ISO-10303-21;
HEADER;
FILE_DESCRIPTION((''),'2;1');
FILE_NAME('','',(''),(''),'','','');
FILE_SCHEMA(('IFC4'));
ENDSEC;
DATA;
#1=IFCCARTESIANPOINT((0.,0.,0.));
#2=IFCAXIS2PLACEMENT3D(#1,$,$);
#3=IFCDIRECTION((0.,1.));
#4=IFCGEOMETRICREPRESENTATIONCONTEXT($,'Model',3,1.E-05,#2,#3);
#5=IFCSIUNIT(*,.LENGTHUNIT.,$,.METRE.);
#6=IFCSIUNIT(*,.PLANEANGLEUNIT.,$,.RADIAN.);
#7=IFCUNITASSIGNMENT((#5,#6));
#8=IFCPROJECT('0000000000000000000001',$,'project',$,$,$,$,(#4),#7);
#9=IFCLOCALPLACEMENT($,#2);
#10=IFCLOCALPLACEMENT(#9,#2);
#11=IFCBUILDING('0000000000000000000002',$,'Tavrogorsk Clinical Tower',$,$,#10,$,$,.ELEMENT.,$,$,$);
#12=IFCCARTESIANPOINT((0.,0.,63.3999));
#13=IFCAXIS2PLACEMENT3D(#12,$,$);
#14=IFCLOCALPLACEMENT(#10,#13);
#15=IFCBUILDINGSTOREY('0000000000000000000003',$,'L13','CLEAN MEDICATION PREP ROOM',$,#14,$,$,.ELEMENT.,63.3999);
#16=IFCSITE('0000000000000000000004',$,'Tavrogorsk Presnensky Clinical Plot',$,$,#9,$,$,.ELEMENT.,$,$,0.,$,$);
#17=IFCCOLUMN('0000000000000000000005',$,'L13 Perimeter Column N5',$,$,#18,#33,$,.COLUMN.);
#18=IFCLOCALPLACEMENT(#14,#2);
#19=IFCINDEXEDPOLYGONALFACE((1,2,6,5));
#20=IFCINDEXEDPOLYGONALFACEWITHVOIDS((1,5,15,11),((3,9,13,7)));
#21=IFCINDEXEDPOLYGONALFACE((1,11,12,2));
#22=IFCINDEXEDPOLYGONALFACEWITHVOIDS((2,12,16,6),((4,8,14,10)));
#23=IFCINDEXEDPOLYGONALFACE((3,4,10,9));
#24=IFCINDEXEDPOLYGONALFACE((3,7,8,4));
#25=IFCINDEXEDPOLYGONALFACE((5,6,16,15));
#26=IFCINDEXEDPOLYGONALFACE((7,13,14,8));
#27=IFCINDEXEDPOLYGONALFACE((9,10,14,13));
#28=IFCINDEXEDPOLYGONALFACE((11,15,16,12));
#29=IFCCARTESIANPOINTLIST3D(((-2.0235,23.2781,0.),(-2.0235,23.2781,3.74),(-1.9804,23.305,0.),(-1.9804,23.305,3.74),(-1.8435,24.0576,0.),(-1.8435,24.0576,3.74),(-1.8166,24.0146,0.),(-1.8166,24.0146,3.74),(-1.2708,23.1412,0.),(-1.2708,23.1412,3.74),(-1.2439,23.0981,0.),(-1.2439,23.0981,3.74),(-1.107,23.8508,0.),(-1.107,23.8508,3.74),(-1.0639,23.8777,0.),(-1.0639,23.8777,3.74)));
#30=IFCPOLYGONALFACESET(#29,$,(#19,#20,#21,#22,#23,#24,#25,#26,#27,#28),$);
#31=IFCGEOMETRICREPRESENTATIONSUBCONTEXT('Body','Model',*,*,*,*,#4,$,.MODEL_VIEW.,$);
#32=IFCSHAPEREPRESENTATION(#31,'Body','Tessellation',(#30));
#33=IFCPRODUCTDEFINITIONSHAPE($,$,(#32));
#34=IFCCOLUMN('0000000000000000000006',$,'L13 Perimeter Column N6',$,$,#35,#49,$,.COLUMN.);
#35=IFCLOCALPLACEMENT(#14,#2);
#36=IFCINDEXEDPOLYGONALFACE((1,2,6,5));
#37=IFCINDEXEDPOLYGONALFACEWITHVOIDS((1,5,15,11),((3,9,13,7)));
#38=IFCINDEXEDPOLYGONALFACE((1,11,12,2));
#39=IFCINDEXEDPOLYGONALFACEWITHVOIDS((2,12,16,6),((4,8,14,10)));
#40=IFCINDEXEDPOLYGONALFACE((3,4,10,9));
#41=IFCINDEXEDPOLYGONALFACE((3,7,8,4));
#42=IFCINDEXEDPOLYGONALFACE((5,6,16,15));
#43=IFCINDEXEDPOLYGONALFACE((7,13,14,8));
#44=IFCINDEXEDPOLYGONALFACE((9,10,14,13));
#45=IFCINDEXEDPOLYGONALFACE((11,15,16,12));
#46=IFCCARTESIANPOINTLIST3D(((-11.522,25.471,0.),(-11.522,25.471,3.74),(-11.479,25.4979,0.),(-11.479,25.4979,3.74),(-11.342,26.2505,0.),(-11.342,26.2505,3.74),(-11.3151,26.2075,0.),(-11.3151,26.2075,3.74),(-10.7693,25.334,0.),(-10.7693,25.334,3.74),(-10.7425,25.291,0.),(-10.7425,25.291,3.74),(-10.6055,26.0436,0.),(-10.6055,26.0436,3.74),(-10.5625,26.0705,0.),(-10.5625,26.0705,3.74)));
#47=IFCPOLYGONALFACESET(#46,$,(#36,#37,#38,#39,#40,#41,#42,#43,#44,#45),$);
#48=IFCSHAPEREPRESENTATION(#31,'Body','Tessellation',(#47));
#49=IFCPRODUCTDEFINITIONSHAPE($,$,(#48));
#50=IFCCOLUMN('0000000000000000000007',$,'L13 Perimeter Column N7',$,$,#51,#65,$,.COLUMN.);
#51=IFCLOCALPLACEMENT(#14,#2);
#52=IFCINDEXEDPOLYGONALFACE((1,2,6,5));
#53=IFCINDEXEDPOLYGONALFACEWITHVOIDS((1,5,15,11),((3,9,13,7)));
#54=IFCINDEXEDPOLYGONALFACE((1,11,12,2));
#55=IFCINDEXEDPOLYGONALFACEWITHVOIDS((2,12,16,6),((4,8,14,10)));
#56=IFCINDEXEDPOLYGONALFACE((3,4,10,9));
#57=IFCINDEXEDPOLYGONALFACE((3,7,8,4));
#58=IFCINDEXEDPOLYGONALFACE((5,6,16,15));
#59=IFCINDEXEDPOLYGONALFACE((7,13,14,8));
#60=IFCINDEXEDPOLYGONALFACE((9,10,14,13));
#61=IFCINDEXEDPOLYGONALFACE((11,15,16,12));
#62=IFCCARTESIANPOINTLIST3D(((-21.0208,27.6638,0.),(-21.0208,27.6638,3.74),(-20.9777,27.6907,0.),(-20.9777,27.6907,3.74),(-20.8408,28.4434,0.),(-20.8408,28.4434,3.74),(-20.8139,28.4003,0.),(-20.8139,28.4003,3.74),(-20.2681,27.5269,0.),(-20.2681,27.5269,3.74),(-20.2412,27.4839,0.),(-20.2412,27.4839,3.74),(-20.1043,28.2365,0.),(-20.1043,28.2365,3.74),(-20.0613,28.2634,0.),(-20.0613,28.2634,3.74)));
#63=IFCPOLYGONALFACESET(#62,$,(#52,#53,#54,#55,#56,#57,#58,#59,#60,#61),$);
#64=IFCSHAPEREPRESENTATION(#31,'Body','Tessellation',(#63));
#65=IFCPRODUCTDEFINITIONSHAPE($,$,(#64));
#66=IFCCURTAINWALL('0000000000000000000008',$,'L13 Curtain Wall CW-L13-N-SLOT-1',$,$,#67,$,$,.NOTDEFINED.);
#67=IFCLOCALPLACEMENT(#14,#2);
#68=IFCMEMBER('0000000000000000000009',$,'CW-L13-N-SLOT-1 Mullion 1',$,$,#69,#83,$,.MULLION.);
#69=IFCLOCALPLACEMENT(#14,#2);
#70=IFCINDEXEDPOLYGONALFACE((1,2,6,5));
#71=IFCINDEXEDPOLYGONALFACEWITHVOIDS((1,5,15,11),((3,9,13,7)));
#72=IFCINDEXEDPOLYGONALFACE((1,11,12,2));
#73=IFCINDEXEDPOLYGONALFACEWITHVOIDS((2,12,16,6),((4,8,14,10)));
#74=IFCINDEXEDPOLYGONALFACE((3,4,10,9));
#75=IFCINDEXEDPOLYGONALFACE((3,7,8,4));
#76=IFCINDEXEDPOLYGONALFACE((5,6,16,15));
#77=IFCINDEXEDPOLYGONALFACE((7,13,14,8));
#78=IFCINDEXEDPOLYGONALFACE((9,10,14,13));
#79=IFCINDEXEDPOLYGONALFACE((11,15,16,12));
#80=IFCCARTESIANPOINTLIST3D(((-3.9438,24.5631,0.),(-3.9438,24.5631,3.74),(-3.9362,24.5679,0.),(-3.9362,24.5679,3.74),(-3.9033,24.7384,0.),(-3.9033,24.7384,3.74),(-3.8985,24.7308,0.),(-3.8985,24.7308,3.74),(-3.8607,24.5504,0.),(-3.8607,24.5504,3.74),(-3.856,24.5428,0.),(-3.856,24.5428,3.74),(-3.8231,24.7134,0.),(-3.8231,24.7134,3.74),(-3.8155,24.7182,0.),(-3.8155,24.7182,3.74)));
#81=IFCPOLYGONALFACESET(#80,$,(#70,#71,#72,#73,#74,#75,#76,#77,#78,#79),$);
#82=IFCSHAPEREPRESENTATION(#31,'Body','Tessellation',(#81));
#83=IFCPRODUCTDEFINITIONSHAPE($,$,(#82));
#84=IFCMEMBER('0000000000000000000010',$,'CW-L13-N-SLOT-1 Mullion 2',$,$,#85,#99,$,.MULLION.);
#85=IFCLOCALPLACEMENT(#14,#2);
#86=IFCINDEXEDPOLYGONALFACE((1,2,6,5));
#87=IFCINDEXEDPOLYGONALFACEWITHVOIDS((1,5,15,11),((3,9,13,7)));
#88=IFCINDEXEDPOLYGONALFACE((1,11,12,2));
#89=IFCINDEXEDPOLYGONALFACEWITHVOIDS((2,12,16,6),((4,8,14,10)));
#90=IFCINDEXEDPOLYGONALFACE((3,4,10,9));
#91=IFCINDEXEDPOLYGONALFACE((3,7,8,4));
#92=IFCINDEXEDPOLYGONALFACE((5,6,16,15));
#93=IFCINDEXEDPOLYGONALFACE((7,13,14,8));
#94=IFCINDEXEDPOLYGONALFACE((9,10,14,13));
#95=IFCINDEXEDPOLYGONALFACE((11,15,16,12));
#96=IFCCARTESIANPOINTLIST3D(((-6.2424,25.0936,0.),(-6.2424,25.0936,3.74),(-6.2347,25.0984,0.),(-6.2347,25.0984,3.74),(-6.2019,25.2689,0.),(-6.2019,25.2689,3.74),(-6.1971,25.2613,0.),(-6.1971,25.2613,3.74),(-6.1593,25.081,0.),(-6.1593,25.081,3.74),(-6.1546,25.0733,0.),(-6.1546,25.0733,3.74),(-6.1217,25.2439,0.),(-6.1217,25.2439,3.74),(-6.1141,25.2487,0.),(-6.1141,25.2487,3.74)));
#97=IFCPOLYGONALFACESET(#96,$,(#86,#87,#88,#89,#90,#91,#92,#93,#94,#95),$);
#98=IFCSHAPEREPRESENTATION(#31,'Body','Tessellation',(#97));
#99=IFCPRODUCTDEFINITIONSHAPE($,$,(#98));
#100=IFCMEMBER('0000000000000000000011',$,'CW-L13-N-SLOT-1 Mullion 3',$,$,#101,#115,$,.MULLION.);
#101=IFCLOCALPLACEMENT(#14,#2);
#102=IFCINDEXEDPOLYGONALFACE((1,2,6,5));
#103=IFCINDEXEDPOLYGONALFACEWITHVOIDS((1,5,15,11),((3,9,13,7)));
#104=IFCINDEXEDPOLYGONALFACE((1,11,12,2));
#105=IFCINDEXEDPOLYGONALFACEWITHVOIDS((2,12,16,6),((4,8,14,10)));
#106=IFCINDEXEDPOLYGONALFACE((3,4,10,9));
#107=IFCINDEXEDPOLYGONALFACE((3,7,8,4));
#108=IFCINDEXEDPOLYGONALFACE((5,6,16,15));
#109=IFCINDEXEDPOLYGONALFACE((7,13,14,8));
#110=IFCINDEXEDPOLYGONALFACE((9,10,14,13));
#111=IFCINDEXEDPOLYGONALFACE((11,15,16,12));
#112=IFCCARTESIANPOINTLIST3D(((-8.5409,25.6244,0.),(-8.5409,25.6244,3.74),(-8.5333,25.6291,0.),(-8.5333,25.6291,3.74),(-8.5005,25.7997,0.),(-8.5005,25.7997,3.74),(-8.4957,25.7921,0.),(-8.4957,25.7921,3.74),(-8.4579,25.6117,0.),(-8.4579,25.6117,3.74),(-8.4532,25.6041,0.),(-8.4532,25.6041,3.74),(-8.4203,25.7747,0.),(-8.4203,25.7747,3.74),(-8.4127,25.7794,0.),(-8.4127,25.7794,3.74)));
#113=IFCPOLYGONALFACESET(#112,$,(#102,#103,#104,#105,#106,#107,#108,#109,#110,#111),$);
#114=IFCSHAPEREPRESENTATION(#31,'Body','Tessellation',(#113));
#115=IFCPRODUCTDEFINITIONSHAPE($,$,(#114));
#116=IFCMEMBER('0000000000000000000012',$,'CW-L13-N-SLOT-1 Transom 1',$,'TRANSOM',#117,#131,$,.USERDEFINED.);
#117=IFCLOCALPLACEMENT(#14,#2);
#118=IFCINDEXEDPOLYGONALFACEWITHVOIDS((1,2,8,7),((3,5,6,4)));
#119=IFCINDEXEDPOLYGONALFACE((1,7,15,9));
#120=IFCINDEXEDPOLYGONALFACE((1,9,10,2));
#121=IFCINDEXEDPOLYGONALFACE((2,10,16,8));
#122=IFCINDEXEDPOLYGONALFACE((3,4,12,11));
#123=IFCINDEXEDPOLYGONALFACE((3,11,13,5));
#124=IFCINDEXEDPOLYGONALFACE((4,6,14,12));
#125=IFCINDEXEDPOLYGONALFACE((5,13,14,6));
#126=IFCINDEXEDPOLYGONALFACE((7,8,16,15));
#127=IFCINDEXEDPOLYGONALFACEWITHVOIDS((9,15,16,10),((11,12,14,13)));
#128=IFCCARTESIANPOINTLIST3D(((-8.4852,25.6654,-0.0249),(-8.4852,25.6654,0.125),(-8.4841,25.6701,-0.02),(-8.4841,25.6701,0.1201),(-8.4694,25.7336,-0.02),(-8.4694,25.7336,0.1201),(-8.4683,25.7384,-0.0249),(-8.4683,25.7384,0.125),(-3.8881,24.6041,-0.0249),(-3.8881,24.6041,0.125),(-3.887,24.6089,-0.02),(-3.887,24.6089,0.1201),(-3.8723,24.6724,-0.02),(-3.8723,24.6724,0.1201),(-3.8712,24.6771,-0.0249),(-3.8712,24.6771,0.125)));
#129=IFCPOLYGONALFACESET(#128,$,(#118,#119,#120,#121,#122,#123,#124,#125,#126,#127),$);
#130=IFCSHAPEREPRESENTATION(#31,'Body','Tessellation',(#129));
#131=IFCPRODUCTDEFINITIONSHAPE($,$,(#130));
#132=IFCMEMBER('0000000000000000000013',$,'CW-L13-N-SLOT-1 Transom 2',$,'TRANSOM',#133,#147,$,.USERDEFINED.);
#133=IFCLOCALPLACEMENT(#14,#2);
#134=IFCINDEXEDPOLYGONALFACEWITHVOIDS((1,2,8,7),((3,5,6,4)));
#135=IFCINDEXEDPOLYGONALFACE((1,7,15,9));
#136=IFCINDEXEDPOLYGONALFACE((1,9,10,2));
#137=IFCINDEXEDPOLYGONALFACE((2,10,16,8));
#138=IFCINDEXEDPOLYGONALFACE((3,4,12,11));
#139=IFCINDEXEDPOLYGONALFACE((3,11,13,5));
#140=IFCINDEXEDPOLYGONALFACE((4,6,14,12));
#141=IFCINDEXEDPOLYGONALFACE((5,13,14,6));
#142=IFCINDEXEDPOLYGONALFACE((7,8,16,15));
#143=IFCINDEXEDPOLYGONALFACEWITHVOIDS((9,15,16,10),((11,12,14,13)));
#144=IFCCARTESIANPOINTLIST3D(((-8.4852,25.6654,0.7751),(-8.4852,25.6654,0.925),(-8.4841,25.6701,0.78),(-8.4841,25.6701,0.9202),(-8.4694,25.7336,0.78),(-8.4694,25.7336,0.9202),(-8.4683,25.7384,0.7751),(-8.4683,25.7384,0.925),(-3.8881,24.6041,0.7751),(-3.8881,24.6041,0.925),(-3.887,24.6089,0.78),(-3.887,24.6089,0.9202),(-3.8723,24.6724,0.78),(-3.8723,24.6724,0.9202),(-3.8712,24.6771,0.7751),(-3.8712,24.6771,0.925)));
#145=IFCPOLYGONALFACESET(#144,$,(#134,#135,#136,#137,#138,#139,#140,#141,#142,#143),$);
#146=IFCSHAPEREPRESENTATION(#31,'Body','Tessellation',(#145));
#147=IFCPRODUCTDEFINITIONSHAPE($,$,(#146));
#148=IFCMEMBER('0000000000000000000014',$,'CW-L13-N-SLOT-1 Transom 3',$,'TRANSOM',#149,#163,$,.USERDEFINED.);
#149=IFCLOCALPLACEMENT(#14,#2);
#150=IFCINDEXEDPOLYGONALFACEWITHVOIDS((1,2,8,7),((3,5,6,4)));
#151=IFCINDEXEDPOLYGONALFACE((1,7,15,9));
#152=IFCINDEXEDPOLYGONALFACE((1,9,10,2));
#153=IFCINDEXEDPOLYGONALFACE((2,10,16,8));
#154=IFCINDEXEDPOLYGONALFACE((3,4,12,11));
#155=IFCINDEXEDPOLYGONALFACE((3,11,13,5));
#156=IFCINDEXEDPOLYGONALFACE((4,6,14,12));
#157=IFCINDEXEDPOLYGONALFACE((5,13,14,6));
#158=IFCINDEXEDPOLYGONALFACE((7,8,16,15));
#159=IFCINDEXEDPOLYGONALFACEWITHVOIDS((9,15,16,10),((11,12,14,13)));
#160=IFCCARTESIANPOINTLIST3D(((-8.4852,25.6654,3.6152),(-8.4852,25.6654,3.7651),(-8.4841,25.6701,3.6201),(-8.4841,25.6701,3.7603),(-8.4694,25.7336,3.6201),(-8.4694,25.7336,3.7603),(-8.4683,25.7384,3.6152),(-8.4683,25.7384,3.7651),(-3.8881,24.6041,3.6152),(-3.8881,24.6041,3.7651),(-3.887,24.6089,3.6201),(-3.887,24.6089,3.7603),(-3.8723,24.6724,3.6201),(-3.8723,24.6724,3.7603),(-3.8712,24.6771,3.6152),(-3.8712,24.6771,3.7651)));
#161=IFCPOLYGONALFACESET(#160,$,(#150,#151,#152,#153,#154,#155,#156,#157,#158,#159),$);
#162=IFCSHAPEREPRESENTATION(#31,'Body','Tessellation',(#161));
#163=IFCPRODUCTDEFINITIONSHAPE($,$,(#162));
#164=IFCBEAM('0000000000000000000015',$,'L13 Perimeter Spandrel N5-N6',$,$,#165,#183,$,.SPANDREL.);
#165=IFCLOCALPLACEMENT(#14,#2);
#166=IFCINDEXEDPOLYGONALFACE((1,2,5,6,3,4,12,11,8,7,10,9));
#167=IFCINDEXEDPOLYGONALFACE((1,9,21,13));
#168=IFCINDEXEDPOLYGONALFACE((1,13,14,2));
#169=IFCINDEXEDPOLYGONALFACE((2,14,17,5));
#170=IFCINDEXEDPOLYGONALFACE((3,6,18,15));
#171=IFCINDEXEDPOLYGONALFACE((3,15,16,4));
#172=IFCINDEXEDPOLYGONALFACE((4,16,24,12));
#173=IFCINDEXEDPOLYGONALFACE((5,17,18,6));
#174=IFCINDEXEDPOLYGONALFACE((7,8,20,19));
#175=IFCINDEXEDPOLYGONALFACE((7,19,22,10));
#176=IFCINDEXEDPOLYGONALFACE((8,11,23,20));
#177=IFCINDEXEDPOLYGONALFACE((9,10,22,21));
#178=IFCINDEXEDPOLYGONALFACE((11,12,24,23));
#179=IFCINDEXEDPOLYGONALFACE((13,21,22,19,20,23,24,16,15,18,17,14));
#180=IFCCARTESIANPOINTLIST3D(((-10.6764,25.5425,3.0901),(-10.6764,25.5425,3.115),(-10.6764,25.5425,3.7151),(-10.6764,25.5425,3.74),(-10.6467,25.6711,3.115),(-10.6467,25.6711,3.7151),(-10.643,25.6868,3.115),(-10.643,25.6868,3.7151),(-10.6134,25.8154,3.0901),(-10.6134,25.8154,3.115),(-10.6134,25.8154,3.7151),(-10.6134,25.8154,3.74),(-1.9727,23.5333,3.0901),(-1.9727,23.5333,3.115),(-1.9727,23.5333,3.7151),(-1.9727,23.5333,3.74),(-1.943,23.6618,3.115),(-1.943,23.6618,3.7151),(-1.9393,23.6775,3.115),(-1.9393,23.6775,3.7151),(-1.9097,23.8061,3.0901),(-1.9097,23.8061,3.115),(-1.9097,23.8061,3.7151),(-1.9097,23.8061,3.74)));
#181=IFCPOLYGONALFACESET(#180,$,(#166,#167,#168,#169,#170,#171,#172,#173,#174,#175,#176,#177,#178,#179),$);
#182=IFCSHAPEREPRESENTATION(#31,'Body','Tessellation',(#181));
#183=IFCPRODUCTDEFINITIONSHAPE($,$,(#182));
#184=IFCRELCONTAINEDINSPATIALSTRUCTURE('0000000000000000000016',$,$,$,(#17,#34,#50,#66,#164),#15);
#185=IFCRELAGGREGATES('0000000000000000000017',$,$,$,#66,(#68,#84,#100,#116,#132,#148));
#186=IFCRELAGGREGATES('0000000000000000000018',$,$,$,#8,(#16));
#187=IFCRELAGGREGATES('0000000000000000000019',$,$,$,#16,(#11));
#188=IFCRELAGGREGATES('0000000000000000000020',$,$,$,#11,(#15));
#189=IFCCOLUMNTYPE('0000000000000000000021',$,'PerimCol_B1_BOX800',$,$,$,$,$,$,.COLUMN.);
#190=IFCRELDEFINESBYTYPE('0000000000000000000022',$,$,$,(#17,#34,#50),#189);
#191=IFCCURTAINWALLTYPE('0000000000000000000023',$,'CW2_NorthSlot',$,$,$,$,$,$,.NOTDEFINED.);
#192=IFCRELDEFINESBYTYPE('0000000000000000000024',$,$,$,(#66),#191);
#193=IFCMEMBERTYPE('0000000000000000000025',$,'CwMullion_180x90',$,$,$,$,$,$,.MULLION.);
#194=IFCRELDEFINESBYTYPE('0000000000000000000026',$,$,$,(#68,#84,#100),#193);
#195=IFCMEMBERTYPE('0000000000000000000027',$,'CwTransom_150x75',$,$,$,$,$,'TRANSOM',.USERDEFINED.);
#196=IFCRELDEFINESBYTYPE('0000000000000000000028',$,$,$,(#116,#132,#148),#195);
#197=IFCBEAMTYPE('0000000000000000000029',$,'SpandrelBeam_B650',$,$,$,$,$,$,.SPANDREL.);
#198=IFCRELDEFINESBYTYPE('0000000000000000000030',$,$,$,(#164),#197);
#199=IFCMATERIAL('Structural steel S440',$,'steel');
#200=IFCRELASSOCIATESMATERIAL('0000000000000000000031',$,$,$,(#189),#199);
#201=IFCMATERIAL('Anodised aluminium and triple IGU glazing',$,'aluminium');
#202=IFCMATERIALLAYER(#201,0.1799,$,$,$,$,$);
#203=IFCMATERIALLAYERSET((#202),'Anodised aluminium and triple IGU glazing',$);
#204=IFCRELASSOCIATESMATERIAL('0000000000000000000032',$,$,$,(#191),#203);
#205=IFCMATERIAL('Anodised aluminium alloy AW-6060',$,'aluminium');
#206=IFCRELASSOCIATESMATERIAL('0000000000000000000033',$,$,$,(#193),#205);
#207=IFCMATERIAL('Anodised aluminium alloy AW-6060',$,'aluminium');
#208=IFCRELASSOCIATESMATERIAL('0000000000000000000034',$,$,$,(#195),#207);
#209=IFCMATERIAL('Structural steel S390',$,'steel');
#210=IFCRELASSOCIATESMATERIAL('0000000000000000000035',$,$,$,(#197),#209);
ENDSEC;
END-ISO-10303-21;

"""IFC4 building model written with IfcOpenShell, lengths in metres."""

from ifc_helpers import new_model, si_unit, direction, frame, origin, origin_2d, place, context, subcontext, project, spatial, hollow_rectangle, i_section, extrude, material, layer, layer_set, material_profile, profile_set, type_object, element, aggregate, save


model = new_model("IFC4")

# Units and contexts
model_context = context("Model", 3, precision=1e-05, world=origin(), true_north=direction((0.0, 1.0)))
body_context = subcontext(model_context, "Body", "Model", "MODEL_VIEW")
ifc_project = project(units=[si_unit("LENGTHUNIT", "METRE"), si_unit("PLANEANGLEUNIT", "RADIAN")], contexts=[model_context])

# Site, building, storey
site_placement = place(None, origin())
site = spatial("IfcSite", under=ifc_project, at=site_placement, Name="Tavrogorsk Presnensky Clinical Plot", CompositionType="ELEMENT", RefElevation=0.0)
building_placement = place(site_placement, origin())
building = spatial("IfcBuilding", under=site, at=building_placement, Name="Tavrogorsk Clinical Tower", CompositionType="ELEMENT")
storey_placement = place(building_placement, frame((0.0, 0.0, 63.3999)))
storey = spatial("IfcBuildingStorey", under=building, at=storey_placement, Name="L13", Description="CLEAN MEDICATION PREP ROOM", CompositionType="ELEMENT", Elevation=63.3999)

# Columns
ifc_material_1 = material(Name="Structural steel S440", Category="steel")
ifc_material_profile_1 = material_profile(ifc_material_1, hollow_rectangle(XDim=0.8, YDim=0.8, WallThickness=0.0359, at=origin_2d()), Name="BOX-800x800x36")
ifc_profile_set_1 = profile_set([ifc_material_profile_1], Name="Structural steel S440")
column_type = type_object("IfcColumnType", Name="PerimCol_B1_BOX800", PredefinedType="COLUMN", material=ifc_profile_set_1)
for number, where, z_axis, x_axis, name in (
    (1, (-1.5437, 23.5779, 0.0), (0.0, 0.0, 1.0), (0.97437, -0.224951, 0.0), "L13 Perimeter Column N5"),
    (2, (-11.0422, 25.7708, 0.0), (0.0, 0.0, 1.0), (0.97437, -0.224951, 0.0), "L13 Perimeter Column N6"),
    (3, (-20.541, 27.9636, 0.0), (0.0, 0.0, 1.0), (0.97437, -0.224951, 0.0), "L13 Perimeter Column N7"),
):
    element("IfcColumn", number, at=place(storey_placement, frame(where, z_axis=z_axis, x_axis=x_axis)), inside=storey, type_object=column_type, Name=name, PredefinedType="COLUMN", context=body_context, shape_type="SweptSolid", body=[
        extrude(hollow_rectangle(XDim=0.8, YDim=0.8, WallThickness=0.0359, at=origin_2d()), origin(), (0.0, 0.0, 1.0), 3.74),
    ])

# Curtain wall, members
ifc_material_2 = material(Name="Anodised aluminium and triple IGU glazing", Category="aluminium")
ifc_layer_1 = layer(ifc_material_2, 0.1799)
ifc_layer_set_1 = layer_set([ifc_layer_1], Name="Anodised aluminium and triple IGU glazing")
curtain_wall_type = type_object("IfcCurtainWallType", Name="CW2_NorthSlot", PredefinedType="NOTDEFINED", material=ifc_layer_set_1)
curtain_wall_placement = place(storey_placement, origin())
curtain_wall = element("IfcCurtainWall", 4, at=curtain_wall_placement, inside=storey, type_object=curtain_wall_type, Name="L13 Curtain Wall CW-L13-N-SLOT-1", PredefinedType="NOTDEFINED")
ifc_material_3 = material(Name="Anodised aluminium alloy AW-6060", Category="aluminium")
ifc_material_profile_2 = material_profile(ifc_material_3, hollow_rectangle(XDim=0.0901, YDim=0.1799, WallThickness=0.0063, at=origin_2d()), Name="RHS-180x90x6.3")
ifc_profile_set_2 = profile_set([ifc_material_profile_2], Name="Anodised aluminium alloy AW-6060")
member_type_1 = type_object("IfcMemberType", Name="CwMullion_180x90", PredefinedType="MULLION", material=ifc_profile_set_2)
member_1_placement = place(storey_placement, frame((-3.8796, 24.6406, 0.0), z_axis=(0.0, 0.0, 1.0), x_axis=(-0.97437, 0.224951, 0.0)))
member_1 = element("IfcMember", 5, at=member_1_placement, type_object=member_type_1, Name="CW-L13-N-SLOT-1 Mullion 1", PredefinedType="MULLION", context=body_context, shape_type="SweptSolid", body=[
    extrude(hollow_rectangle(XDim=0.0901, YDim=0.1799, WallThickness=0.0063, at=origin_2d()), origin(), (0.0, 0.0, 1.0), 3.74),
])
member_2_placement = place(storey_placement, frame((-6.1782, 25.1711, 0.0), z_axis=(0.0, 0.0, 1.0), x_axis=(-0.97437, 0.224951, 0.0)))
member_2 = element("IfcMember", 6, at=member_2_placement, type_object=member_type_1, Name="CW-L13-N-SLOT-1 Mullion 2", PredefinedType="MULLION", context=body_context, shape_type="SweptSolid", body=[
    extrude(hollow_rectangle(XDim=0.0901, YDim=0.1799, WallThickness=0.0063, at=origin_2d()), origin(), (0.0, 0.0, 1.0), 3.74),
])
member_3_placement = place(storey_placement, frame((-8.4768, 25.7019, 0.0), z_axis=(0.0, 0.0, 1.0), x_axis=(-0.97437, 0.224951, 0.0)))
member_3 = element("IfcMember", 7, at=member_3_placement, type_object=member_type_1, Name="CW-L13-N-SLOT-1 Mullion 3", PredefinedType="MULLION", context=body_context, shape_type="SweptSolid", body=[
    extrude(hollow_rectangle(XDim=0.0901, YDim=0.1799, WallThickness=0.0063, at=origin_2d()), origin(), (0.0, 0.0, 1.0), 3.74),
])
ifc_material_4 = material(Name="Anodised aluminium alloy AW-6060", Category="aluminium")
ifc_material_profile_3 = material_profile(ifc_material_4, hollow_rectangle(XDim=0.075, YDim=0.1499, WallThickness=0.0049, at=origin_2d()), Name="RHS-150x75x5")
ifc_profile_set_3 = profile_set([ifc_material_profile_3], Name="Anodised aluminium alloy AW-6060")
member_type_2 = type_object("IfcMemberType", Name="CwTransom_150x75", ElementType="TRANSOM", PredefinedType="USERDEFINED", material=ifc_profile_set_3)
member_4_placement = place(storey_placement, frame((-3.8796, 24.6406, 0.05), z_axis=(-0.974373, 0.224939, 0.0), x_axis=(-0.224939, -0.974373, 0.0)))
member_4 = element("IfcMember", 8, at=member_4_placement, type_object=member_type_2, Name="CW-L13-N-SLOT-1 Transom 1", ObjectType="TRANSOM", PredefinedType="USERDEFINED", context=body_context, shape_type="SweptSolid", body=[
    extrude(hollow_rectangle(XDim=0.075, YDim=0.1499, WallThickness=0.0049, at=origin_2d()), origin(), (0.0, 0.0, 1.0), 4.718),
])
member_5_placement = place(storey_placement, frame((-3.8796, 24.6406, 0.8501), z_axis=(-0.974373, 0.224939, 0.0), x_axis=(-0.224939, -0.974373, 0.0)))
member_5 = element("IfcMember", 9, at=member_5_placement, type_object=member_type_2, Name="CW-L13-N-SLOT-1 Transom 2", ObjectType="TRANSOM", PredefinedType="USERDEFINED", context=body_context, shape_type="SweptSolid", body=[
    extrude(hollow_rectangle(XDim=0.075, YDim=0.1499, WallThickness=0.0049, at=origin_2d()), origin(), (0.0, 0.0, 1.0), 4.718),
])
member_6_placement = place(storey_placement, frame((-3.8796, 24.6406, 3.6902), z_axis=(-0.974373, 0.224939, 0.0), x_axis=(-0.224939, -0.974373, 0.0)))
member_6 = element("IfcMember", 10, at=member_6_placement, type_object=member_type_2, Name="CW-L13-N-SLOT-1 Transom 3", ObjectType="TRANSOM", PredefinedType="USERDEFINED", context=body_context, shape_type="SweptSolid", body=[
    extrude(hollow_rectangle(XDim=0.075, YDim=0.1499, WallThickness=0.0049, at=origin_2d()), origin(), (0.0, 0.0, 1.0), 4.718),
])

# Beam
ifc_material_5 = material(Name="Structural steel S390", Category="steel")
ifc_material_profile_4 = material_profile(ifc_material_5, i_section(OverallWidth=0.28, OverallDepth=0.6499, WebThickness=0.0161, FlangeThickness=0.0249, at=origin_2d()), Name="B-650x280x16x25")
ifc_profile_set_4 = profile_set([ifc_material_profile_4], Name="Structural steel S390")
beam_type = type_object("IfcBeamType", Name="SpandrelBeam_B650", PredefinedType="SPANDREL", material=ifc_profile_set_4)
for number, where, z_axis, x_axis, name in (
    (11, (-1.9412, 23.6697, 3.415), (-0.974373, 0.224939, 0.0), (-0.224939, -0.974373, 0.0), "L13 Perimeter Spandrel N5-N6"),
):
    element("IfcBeam", number, at=place(storey_placement, frame(where, z_axis=z_axis, x_axis=x_axis)), inside=storey, type_object=beam_type, Name=name, PredefinedType="SPANDREL", context=body_context, shape_type="SweptSolid", body=[
        extrude(i_section(OverallWidth=0.28, OverallDepth=0.6499, WebThickness=0.0161, FlangeThickness=0.0249, at=origin_2d()), origin(), (0.0, 0.0, 1.0), 8.9326),
    ])

aggregate(curtain_wall, [member_1, member_2, member_3, member_4, member_5, member_6])

save(model, "model.ifc")
